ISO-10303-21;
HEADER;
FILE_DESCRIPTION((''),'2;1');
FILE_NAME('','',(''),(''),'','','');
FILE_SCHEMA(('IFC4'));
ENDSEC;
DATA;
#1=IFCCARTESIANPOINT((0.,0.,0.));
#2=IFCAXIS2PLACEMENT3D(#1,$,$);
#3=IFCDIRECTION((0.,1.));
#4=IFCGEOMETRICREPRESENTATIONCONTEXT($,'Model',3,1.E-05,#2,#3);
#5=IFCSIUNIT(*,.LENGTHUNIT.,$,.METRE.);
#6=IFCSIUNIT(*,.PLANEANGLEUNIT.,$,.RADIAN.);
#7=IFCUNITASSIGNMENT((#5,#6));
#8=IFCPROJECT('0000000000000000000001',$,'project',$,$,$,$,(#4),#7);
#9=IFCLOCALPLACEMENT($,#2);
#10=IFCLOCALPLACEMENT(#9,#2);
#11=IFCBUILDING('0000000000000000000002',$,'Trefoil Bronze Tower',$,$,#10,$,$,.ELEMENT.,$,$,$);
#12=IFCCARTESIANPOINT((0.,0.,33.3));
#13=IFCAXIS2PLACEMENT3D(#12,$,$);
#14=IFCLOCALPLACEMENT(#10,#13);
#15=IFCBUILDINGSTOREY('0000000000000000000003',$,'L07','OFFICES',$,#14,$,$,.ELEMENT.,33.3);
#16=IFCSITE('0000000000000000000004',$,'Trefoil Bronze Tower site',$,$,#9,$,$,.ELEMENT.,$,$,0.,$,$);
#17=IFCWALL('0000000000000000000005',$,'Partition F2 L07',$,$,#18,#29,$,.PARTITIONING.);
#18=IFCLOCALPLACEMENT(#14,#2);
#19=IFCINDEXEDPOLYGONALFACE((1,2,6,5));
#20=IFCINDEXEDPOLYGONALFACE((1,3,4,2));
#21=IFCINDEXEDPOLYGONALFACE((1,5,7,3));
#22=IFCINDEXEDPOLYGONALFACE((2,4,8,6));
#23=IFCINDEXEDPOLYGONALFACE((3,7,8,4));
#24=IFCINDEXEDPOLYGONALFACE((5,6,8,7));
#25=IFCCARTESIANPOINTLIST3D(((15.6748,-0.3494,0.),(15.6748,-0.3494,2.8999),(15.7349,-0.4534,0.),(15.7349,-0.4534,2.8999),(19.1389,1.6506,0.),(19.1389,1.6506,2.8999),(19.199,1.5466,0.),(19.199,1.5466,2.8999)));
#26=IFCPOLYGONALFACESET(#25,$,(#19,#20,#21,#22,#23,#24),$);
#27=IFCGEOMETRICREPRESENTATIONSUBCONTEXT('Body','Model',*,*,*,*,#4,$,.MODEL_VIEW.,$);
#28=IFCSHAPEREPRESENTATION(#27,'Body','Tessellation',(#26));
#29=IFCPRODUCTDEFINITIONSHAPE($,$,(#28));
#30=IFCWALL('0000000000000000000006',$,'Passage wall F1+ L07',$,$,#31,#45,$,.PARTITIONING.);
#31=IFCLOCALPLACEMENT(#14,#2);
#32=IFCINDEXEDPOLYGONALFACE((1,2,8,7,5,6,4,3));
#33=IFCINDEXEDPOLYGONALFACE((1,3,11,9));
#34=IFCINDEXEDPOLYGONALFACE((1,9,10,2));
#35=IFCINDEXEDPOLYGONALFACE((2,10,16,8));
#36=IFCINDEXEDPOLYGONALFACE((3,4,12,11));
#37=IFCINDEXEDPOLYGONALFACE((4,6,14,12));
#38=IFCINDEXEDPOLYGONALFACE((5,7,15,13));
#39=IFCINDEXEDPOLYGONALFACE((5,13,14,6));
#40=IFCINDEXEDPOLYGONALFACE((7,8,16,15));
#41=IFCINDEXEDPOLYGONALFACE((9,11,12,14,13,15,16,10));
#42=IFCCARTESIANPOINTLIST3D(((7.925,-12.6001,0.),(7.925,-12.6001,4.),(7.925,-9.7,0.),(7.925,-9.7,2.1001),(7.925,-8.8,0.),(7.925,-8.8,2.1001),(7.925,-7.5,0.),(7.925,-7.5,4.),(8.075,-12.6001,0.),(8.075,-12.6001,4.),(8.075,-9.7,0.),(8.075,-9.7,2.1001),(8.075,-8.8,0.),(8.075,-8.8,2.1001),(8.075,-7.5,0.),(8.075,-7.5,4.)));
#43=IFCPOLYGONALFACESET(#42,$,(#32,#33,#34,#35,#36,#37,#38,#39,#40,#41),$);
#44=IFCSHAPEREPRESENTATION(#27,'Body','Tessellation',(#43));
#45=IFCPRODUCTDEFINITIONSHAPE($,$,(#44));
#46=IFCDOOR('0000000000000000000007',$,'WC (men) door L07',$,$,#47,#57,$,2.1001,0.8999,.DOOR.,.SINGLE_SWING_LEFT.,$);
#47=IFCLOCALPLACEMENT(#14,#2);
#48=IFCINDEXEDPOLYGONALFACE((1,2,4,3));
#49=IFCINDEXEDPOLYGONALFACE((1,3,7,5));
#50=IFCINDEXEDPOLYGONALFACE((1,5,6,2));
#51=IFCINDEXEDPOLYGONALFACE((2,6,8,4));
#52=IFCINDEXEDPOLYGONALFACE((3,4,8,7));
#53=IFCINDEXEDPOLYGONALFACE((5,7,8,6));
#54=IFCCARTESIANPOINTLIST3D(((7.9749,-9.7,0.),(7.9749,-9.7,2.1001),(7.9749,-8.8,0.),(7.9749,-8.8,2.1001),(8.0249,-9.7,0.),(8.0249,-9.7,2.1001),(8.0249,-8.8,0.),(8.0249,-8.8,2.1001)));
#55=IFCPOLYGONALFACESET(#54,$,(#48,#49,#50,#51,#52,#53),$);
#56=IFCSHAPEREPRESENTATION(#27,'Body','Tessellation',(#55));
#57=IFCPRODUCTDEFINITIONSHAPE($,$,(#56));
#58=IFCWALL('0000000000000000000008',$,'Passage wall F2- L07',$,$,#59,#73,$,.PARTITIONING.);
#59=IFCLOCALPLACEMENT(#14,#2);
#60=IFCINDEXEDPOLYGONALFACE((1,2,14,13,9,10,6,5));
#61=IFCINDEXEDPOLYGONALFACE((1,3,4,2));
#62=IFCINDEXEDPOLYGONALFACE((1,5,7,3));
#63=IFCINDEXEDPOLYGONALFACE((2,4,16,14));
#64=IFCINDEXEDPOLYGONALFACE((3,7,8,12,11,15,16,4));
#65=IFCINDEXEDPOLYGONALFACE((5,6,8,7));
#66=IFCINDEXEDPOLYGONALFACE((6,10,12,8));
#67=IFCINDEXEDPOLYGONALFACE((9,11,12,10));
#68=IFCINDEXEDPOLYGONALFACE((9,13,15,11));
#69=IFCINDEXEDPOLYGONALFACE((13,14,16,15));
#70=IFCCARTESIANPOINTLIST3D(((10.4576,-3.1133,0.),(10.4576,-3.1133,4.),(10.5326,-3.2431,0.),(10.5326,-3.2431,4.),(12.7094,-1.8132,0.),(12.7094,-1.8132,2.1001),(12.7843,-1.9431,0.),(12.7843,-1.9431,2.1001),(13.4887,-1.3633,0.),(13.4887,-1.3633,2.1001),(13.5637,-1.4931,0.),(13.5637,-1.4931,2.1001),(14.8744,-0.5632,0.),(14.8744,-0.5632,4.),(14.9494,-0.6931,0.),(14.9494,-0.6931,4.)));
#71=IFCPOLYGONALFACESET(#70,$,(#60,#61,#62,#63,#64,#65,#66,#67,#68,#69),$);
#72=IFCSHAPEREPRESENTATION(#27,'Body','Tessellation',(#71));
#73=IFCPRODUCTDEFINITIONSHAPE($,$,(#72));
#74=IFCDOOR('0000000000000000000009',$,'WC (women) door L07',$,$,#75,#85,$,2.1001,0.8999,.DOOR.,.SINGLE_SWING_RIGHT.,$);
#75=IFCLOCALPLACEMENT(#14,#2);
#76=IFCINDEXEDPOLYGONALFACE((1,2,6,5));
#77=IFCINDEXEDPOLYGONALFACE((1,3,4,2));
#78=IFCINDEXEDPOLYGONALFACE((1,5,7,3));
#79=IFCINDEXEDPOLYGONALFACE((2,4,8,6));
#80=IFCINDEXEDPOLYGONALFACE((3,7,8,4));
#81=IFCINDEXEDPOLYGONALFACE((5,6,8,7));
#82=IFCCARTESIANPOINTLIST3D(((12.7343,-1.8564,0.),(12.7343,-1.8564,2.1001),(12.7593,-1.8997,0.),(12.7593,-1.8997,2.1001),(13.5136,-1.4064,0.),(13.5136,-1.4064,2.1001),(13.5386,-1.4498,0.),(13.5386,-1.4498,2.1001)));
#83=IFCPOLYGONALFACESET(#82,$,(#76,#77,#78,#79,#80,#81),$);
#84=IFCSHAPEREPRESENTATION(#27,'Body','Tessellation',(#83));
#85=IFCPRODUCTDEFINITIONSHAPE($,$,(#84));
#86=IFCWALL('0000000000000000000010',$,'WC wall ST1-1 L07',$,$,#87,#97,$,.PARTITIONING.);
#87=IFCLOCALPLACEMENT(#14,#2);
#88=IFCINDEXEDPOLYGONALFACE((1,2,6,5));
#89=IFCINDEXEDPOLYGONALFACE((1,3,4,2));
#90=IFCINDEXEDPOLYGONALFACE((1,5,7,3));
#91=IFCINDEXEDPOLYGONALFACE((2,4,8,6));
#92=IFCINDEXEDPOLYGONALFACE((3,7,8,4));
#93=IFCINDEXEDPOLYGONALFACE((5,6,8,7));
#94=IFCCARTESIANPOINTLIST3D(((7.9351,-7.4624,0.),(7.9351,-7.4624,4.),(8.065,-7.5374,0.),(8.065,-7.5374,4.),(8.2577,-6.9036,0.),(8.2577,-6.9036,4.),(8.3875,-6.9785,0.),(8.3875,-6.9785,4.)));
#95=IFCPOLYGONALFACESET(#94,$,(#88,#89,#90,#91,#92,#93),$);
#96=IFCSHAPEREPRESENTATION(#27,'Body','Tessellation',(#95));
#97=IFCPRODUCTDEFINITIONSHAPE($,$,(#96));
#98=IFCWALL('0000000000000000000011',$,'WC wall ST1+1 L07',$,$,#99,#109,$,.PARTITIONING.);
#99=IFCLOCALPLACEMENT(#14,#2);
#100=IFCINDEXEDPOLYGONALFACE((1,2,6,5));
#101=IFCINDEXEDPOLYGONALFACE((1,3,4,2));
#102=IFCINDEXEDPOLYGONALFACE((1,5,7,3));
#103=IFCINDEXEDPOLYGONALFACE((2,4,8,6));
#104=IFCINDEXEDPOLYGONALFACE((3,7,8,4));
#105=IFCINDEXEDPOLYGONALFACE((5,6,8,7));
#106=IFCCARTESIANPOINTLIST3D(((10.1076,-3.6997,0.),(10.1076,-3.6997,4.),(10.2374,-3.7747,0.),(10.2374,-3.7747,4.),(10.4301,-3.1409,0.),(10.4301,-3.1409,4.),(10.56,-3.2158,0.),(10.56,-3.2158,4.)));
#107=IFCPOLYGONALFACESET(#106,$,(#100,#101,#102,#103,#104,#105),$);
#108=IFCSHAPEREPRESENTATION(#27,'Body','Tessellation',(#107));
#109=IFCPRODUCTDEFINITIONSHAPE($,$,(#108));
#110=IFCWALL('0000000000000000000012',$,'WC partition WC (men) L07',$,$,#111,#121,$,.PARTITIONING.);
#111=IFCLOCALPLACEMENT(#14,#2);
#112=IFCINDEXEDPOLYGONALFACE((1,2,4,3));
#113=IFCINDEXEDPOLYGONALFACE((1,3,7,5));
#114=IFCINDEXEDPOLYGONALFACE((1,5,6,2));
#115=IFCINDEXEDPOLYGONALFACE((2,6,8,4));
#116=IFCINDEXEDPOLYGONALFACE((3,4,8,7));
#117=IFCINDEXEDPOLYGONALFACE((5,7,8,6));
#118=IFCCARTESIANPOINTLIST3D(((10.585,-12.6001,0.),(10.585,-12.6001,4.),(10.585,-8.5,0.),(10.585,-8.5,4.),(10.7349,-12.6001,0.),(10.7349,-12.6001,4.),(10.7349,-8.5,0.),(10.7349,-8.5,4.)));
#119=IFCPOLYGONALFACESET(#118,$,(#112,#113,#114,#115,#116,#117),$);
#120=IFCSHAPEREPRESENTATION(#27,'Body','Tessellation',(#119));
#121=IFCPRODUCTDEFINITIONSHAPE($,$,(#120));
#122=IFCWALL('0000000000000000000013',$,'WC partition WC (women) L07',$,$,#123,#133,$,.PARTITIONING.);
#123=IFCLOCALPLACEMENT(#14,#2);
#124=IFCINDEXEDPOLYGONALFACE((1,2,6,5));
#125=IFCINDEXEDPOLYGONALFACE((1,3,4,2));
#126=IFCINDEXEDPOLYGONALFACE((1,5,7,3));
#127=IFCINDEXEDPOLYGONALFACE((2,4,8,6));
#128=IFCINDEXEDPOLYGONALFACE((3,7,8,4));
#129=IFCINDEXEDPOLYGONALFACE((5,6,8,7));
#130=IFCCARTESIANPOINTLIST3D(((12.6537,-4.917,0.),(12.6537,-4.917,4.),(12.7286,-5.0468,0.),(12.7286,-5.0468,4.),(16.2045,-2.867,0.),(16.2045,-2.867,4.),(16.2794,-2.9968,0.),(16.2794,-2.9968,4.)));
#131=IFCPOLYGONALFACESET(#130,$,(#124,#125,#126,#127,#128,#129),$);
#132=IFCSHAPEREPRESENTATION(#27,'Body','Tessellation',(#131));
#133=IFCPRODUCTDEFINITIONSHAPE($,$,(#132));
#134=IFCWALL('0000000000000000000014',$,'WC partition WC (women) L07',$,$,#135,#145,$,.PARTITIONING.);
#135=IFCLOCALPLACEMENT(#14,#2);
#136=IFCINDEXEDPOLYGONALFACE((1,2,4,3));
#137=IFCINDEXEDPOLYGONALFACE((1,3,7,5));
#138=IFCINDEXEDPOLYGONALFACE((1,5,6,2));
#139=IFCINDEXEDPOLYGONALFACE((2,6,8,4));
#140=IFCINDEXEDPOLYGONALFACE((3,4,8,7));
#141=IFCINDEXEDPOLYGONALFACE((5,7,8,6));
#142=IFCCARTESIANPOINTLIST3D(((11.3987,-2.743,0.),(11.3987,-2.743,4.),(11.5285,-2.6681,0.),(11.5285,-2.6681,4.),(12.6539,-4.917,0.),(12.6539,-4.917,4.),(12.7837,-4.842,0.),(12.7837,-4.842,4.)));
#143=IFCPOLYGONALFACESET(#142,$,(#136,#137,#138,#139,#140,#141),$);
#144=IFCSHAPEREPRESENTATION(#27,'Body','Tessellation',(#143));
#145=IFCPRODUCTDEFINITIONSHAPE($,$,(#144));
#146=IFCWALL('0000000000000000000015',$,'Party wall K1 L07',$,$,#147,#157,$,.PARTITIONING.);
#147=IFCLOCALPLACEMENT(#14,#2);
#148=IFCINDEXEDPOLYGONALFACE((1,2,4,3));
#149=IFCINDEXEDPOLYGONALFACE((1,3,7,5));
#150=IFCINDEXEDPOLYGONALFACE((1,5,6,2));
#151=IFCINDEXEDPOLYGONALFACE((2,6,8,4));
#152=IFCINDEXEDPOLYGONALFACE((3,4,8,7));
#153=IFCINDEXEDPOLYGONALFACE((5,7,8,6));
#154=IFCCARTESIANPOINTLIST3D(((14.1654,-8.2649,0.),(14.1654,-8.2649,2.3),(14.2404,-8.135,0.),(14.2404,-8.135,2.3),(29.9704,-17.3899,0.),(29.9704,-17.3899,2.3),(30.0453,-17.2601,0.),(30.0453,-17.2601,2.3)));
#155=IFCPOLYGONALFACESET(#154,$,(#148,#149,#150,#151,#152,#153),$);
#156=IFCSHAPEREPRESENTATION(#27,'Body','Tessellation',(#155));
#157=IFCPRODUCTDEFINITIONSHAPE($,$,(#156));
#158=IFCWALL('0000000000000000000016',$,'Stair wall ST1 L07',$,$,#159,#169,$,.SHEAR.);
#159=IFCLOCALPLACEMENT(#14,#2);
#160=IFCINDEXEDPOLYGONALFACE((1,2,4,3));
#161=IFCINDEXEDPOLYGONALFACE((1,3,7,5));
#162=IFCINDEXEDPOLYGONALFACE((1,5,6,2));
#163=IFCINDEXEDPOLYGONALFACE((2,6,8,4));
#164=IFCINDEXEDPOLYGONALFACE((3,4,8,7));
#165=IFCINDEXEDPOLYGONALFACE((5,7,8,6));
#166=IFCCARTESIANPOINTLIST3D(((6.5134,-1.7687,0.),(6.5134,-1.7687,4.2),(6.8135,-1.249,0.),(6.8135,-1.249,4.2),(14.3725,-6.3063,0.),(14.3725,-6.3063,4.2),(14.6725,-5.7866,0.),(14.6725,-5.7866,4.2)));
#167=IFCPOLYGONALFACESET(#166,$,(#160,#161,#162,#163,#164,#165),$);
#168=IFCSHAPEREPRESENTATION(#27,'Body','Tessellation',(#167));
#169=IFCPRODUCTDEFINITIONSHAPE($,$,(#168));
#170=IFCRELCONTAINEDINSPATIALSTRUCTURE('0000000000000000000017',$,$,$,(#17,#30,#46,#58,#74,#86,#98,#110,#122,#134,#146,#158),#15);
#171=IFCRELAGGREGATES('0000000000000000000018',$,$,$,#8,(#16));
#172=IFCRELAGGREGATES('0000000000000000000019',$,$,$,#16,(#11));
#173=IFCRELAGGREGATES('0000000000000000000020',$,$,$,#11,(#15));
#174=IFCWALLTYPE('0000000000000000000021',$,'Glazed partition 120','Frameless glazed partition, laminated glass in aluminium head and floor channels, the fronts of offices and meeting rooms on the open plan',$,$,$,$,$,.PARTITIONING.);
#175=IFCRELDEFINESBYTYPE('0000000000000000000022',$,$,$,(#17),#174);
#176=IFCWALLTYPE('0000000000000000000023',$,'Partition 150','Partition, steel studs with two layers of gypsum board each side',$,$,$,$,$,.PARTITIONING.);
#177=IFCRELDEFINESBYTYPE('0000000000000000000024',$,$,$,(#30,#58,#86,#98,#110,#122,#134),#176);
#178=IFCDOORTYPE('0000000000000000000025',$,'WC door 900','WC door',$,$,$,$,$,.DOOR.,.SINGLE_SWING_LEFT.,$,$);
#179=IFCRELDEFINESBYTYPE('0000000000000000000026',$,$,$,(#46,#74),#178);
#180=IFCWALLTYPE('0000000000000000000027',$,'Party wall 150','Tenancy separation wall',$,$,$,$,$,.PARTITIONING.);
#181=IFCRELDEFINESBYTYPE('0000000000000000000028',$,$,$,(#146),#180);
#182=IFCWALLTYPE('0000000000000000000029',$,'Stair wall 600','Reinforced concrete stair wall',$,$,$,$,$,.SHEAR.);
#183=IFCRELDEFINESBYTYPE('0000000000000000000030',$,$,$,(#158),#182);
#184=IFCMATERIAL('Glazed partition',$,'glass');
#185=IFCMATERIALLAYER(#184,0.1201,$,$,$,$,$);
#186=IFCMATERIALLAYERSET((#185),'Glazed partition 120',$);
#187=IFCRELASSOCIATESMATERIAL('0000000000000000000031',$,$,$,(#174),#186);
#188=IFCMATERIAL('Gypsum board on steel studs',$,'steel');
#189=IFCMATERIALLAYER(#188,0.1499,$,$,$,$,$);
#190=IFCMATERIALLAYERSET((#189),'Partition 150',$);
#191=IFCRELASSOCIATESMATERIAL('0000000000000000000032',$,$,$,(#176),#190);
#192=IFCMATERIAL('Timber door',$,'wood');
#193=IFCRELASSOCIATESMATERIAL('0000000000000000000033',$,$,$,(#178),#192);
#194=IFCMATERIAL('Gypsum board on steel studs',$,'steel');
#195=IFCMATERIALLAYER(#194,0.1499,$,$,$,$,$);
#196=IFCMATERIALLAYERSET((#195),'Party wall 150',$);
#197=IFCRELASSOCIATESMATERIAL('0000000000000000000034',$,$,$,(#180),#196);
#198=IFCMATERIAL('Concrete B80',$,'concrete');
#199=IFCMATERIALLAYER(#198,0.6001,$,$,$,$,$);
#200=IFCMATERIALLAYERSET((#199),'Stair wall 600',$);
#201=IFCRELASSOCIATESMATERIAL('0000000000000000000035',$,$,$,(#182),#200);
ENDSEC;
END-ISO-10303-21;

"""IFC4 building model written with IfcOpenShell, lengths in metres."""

from ifc_helpers import new_model, si_unit, direction, frame, frame_2d, origin, place, context, subcontext, project, spatial, rectangle, extrude, material, layer, layer_set, type_object, element, fill, save


model = new_model("IFC4")

# Units and contexts
model_context = context("Model", 3, precision=1e-05, world=origin(), true_north=direction((0.0, 1.0)))
body_context = subcontext(model_context, "Body", "Model", "MODEL_VIEW")
ifc_project = project(units=[si_unit("LENGTHUNIT", "METRE"), si_unit("PLANEANGLEUNIT", "RADIAN")], contexts=[model_context])

# Site, building, storey
site_placement = place(None, origin())
site = spatial("IfcSite", under=ifc_project, at=site_placement, Name="Trefoil Bronze Tower site", CompositionType="ELEMENT", RefElevation=0.0)
building_placement = place(site_placement, origin())
building = spatial("IfcBuilding", under=site, at=building_placement, Name="Trefoil Bronze Tower", CompositionType="ELEMENT")
storey_placement = place(building_placement, frame((0.0, 0.0, 33.3)))
storey = spatial("IfcBuildingStorey", under=building, at=storey_placement, Name="L07", Description="OFFICES", CompositionType="ELEMENT", Elevation=33.3)

# Wall
ifc_material_1 = material(Name="Glazed partition", Category="glass")
ifc_layer_1 = layer(ifc_material_1, 0.1201)
ifc_layer_set_1 = layer_set([ifc_layer_1], Name="Glazed partition 120")
wall_type_1 = type_object("IfcWallType", Name="Glazed partition 120", Description="Frameless glazed partition, laminated glass in aluminium head and floor channels, the fronts of offices and meeting rooms on the open plan", PredefinedType="PARTITIONING", material=ifc_layer_set_1)
for number, where, z_axis, x_axis, name in (
    (1, (15.7048, -0.4014, 0.0), (0.0, 0.0, 1.0), (0.866026, 0.499999, 0.0), "Partition F2 L07"),
):
    element("IfcWall", number, at=place(storey_placement, frame(where, z_axis=z_axis, x_axis=x_axis)), inside=storey, type_object=wall_type_1, Name=name, PredefinedType="PARTITIONING", context=body_context, shape_type="SweptSolid", body=[
        extrude(rectangle(XDim=4.0, YDim=0.1201, at=frame_2d((2.0, 0.0))), origin(), (0.0, 0.0, 1.0), 2.8999),
    ])

# Walls, openings, doors
ifc_material_2 = material(Name="Gypsum board on steel studs", Category="steel")
ifc_layer_2 = layer(ifc_material_2, 0.1499)
ifc_layer_set_2 = layer_set([ifc_layer_2], Name="Partition 150")
wall_type_2 = type_object("IfcWallType", Name="Partition 150", Description="Partition, steel studs with two layers of gypsum board each side", PredefinedType="PARTITIONING", material=ifc_layer_set_2)
wall_1_placement = place(storey_placement, frame((8.0, -7.5, 0.0), z_axis=(0.0, 0.0, 1.0), x_axis=(0.0, -1.0, 0.0)))
wall_1 = element("IfcWall", 2, at=wall_1_placement, inside=storey, type_object=wall_type_2, Name="Passage wall F1+ L07", PredefinedType="PARTITIONING", context=body_context, shape_type="SweptSolid", body=[
    extrude(rectangle(XDim=5.1001, YDim=0.1499, at=frame_2d((2.55, 0.0))), origin(), (0.0, 0.0, 1.0), 4.0),
])
opening_1_placement = place(wall_1_placement, frame((1.3, 0.0, 0.0)))
opening_1 = element("IfcOpeningElement", 3, at=opening_1_placement, cuts=wall_1, PredefinedType="OPENING", context=body_context, shape_type="SweptSolid", body=[
    extrude(rectangle(XDim=0.8999, YDim=2.1001, at=frame_2d((0.45, 1.05))), frame((0.0, 0.085, 0.0), z_axis=(0.0, -1.0, 0.0), x_axis=(1.0, 0.0, 0.0)), (0.0, 0.0, 1.0), 0.1699),
])
ifc_material_3 = material(Name="Timber door", Category="wood")
door_type_1 = type_object("IfcDoorType", Name="WC door 900", Description="WC door", OperationType="SINGLE_SWING_LEFT", PredefinedType="DOOR", material=ifc_material_3)
door_1_placement = place(opening_1_placement, origin())
door_1 = element("IfcDoor", 4, at=door_1_placement, inside=storey, type_object=door_type_1, Name="WC (men) door L07", OperationType="SINGLE_SWING_LEFT", OverallHeight=2.1001, OverallWidth=0.8999, PredefinedType="DOOR", context=body_context, shape_type="SweptSolid", body=[
    extrude(rectangle(XDim=0.8999, YDim=2.1001, at=frame_2d((0.45, 1.05))), frame((0.0, 0.0249, 0.0), z_axis=(0.0, -1.0, 0.0), x_axis=(1.0, 0.0, 0.0)), (0.0, 0.0, 1.0), 0.05),
])
fill(opening_1, door_1)
wall_2_placement = place(storey_placement, frame((10.4951, -3.1782, 0.0), z_axis=(0.0, 0.0, 1.0), x_axis=(0.866022, 0.500006, 0.0)))
wall_2 = element("IfcWall", 5, at=wall_2_placement, inside=storey, type_object=wall_type_2, Name="Passage wall F2- L07", PredefinedType="PARTITIONING", context=body_context, shape_type="SweptSolid", body=[
    extrude(rectangle(XDim=5.1001, YDim=0.1499, at=frame_2d((2.55, 0.0))), origin(), (0.0, 0.0, 1.0), 4.0),
])
opening_2_placement = place(wall_2_placement, frame((2.6001, 0.0, 0.0)))
opening_2 = element("IfcOpeningElement", 6, at=opening_2_placement, cuts=wall_2, PredefinedType="OPENING", context=body_context, shape_type="SweptSolid", body=[
    extrude(rectangle(XDim=0.8999, YDim=2.1001, at=frame_2d((0.45, 1.05))), frame((0.0, 0.085, 0.0), z_axis=(0.0, -1.0, 0.0), x_axis=(1.0, 0.0, 0.0)), (0.0, 0.0, 1.0), 0.1699),
])
door_2_placement = place(opening_2_placement, frame((0.8999, 0.0, 0.0), z_axis=(0.0, 0.0, 1.0), x_axis=(-1.0, 0.0, 0.0)))
door_2 = element("IfcDoor", 7, at=door_2_placement, inside=storey, type_object=door_type_1, Name="WC (women) door L07", OperationType="SINGLE_SWING_RIGHT", OverallHeight=2.1001, OverallWidth=0.8999, PredefinedType="DOOR", context=body_context, shape_type="SweptSolid", body=[
    extrude(rectangle(XDim=0.8999, YDim=2.1001, at=frame_2d((0.45, 1.05))), frame((0.0, 0.0249, 0.0), z_axis=(0.0, -1.0, 0.0), x_axis=(1.0, 0.0, 0.0)), (0.0, 0.0, 1.0), 0.05),
])
fill(opening_2, door_2)

# Walls
for number, where, z_axis, x_axis, name in (
    (8, (8.0, -7.5, 0.0), (0.0, 0.0, 1.0), (0.499843, 0.866116, 0.0), "WC wall ST1-1 L07"),
    (9, (10.4951, -3.1782, 0.0), (0.0, 0.0, 1.0), (-0.499843, -0.866116, 0.0), "WC wall ST1+1 L07"),
):
    element("IfcWall", number, at=place(storey_placement, frame(where, z_axis=z_axis, x_axis=x_axis)), inside=storey, type_object=wall_type_2, Name=name, PredefinedType="PARTITIONING", context=body_context, shape_type="SweptSolid", body=[
        extrude(rectangle(XDim=0.6453, YDim=0.1499, at=frame_2d((0.3228, 0.0))), origin(), (0.0, 0.0, 1.0), 4.0),
    ])
for number, where, z_axis, x_axis, name in (
    (10, (10.6599, -8.5, 0.0), (0.0, 0.0, 1.0), (0.0, -1.0, 0.0), "WC partition WC (men) L07"),
    (11, (12.6912, -4.9819, 0.0), (0.0, 0.0, 1.0), (0.866025, 0.500001, 0.0), "WC partition WC (women) L07"),
):
    element("IfcWall", number, at=place(storey_placement, frame(where, z_axis=z_axis, x_axis=x_axis)), inside=storey, type_object=wall_type_2, Name=name, PredefinedType="PARTITIONING", context=body_context, shape_type="SweptSolid", body=[
        extrude(rectangle(XDim=4.1001, YDim=0.1499, at=frame_2d((2.05, 0.0))), origin(), (0.0, 0.0, 1.0), 4.0),
    ])
wall_3_placement = place(storey_placement, frame((11.4636, -2.7056, 0.0), z_axis=(0.0, 0.0, 1.0), x_axis=(0.50002, -0.866014, 0.0)))
element("IfcWall", 12, at=wall_3_placement, inside=storey, type_object=wall_type_2, Name="WC partition WC (women) L07", PredefinedType="PARTITIONING", context=body_context, shape_type="SweptSolid", body=[
    extrude(rectangle(XDim=2.5103, YDim=0.1499, at=frame_2d((1.2551, 0.0))), origin(), (0.0, 0.0, 1.0), 4.0),
])
ifc_material_4 = material(Name="Gypsum board on steel studs", Category="steel")
ifc_layer_3 = layer(ifc_material_4, 0.1499)
ifc_layer_set_3 = layer_set([ifc_layer_3], Name="Party wall 150")
wall_type_3 = type_object("IfcWallType", Name="Party wall 150", Description="Tenancy separation wall", PredefinedType="PARTITIONING", material=ifc_layer_set_3)
wall_4_placement = place(storey_placement, frame((14.2029, -8.2, 0.0), z_axis=(0.0, 0.0, 1.0), x_axis=(0.866025, -0.500001, 0.0)))
element("IfcWall", 13, at=wall_4_placement, inside=storey, type_object=wall_type_3, Name="Party wall K1 L07", PredefinedType="PARTITIONING", context=body_context, shape_type="SweptSolid", body=[
    extrude(rectangle(XDim=18.25, YDim=0.1499, at=frame_2d((9.125, 0.0))), origin(), (0.0, 0.0, 1.0), 2.3),
])
ifc_material_5 = material(Name="Concrete B80", Category="concrete")
ifc_layer_4 = layer(ifc_material_5, 0.6001)
ifc_layer_set_4 = layer_set([ifc_layer_4], Name="Stair wall 600")
wall_type_4 = type_object("IfcWallType", Name="Stair wall 600", Description="Reinforced concrete stair wall", PredefinedType="SHEAR", material=ifc_layer_set_4)
wall_5_placement = place(storey_placement, frame((6.6633, -1.5088, 0.0), z_axis=(0.0, 0.0, 1.0), x_axis=(0.866019, -0.50001, 0.0)))
element("IfcWall", 14, at=wall_5_placement, inside=storey, type_object=wall_type_4, Name="Stair wall ST1 L07", PredefinedType="SHEAR", context=body_context, shape_type="SweptSolid", body=[
    extrude(rectangle(XDim=9.075, YDim=0.6001, at=frame_2d((4.5376, 0.0))), origin(), (0.0, 0.0, 1.0), 4.2),
])

save(model, "model.ifc")
